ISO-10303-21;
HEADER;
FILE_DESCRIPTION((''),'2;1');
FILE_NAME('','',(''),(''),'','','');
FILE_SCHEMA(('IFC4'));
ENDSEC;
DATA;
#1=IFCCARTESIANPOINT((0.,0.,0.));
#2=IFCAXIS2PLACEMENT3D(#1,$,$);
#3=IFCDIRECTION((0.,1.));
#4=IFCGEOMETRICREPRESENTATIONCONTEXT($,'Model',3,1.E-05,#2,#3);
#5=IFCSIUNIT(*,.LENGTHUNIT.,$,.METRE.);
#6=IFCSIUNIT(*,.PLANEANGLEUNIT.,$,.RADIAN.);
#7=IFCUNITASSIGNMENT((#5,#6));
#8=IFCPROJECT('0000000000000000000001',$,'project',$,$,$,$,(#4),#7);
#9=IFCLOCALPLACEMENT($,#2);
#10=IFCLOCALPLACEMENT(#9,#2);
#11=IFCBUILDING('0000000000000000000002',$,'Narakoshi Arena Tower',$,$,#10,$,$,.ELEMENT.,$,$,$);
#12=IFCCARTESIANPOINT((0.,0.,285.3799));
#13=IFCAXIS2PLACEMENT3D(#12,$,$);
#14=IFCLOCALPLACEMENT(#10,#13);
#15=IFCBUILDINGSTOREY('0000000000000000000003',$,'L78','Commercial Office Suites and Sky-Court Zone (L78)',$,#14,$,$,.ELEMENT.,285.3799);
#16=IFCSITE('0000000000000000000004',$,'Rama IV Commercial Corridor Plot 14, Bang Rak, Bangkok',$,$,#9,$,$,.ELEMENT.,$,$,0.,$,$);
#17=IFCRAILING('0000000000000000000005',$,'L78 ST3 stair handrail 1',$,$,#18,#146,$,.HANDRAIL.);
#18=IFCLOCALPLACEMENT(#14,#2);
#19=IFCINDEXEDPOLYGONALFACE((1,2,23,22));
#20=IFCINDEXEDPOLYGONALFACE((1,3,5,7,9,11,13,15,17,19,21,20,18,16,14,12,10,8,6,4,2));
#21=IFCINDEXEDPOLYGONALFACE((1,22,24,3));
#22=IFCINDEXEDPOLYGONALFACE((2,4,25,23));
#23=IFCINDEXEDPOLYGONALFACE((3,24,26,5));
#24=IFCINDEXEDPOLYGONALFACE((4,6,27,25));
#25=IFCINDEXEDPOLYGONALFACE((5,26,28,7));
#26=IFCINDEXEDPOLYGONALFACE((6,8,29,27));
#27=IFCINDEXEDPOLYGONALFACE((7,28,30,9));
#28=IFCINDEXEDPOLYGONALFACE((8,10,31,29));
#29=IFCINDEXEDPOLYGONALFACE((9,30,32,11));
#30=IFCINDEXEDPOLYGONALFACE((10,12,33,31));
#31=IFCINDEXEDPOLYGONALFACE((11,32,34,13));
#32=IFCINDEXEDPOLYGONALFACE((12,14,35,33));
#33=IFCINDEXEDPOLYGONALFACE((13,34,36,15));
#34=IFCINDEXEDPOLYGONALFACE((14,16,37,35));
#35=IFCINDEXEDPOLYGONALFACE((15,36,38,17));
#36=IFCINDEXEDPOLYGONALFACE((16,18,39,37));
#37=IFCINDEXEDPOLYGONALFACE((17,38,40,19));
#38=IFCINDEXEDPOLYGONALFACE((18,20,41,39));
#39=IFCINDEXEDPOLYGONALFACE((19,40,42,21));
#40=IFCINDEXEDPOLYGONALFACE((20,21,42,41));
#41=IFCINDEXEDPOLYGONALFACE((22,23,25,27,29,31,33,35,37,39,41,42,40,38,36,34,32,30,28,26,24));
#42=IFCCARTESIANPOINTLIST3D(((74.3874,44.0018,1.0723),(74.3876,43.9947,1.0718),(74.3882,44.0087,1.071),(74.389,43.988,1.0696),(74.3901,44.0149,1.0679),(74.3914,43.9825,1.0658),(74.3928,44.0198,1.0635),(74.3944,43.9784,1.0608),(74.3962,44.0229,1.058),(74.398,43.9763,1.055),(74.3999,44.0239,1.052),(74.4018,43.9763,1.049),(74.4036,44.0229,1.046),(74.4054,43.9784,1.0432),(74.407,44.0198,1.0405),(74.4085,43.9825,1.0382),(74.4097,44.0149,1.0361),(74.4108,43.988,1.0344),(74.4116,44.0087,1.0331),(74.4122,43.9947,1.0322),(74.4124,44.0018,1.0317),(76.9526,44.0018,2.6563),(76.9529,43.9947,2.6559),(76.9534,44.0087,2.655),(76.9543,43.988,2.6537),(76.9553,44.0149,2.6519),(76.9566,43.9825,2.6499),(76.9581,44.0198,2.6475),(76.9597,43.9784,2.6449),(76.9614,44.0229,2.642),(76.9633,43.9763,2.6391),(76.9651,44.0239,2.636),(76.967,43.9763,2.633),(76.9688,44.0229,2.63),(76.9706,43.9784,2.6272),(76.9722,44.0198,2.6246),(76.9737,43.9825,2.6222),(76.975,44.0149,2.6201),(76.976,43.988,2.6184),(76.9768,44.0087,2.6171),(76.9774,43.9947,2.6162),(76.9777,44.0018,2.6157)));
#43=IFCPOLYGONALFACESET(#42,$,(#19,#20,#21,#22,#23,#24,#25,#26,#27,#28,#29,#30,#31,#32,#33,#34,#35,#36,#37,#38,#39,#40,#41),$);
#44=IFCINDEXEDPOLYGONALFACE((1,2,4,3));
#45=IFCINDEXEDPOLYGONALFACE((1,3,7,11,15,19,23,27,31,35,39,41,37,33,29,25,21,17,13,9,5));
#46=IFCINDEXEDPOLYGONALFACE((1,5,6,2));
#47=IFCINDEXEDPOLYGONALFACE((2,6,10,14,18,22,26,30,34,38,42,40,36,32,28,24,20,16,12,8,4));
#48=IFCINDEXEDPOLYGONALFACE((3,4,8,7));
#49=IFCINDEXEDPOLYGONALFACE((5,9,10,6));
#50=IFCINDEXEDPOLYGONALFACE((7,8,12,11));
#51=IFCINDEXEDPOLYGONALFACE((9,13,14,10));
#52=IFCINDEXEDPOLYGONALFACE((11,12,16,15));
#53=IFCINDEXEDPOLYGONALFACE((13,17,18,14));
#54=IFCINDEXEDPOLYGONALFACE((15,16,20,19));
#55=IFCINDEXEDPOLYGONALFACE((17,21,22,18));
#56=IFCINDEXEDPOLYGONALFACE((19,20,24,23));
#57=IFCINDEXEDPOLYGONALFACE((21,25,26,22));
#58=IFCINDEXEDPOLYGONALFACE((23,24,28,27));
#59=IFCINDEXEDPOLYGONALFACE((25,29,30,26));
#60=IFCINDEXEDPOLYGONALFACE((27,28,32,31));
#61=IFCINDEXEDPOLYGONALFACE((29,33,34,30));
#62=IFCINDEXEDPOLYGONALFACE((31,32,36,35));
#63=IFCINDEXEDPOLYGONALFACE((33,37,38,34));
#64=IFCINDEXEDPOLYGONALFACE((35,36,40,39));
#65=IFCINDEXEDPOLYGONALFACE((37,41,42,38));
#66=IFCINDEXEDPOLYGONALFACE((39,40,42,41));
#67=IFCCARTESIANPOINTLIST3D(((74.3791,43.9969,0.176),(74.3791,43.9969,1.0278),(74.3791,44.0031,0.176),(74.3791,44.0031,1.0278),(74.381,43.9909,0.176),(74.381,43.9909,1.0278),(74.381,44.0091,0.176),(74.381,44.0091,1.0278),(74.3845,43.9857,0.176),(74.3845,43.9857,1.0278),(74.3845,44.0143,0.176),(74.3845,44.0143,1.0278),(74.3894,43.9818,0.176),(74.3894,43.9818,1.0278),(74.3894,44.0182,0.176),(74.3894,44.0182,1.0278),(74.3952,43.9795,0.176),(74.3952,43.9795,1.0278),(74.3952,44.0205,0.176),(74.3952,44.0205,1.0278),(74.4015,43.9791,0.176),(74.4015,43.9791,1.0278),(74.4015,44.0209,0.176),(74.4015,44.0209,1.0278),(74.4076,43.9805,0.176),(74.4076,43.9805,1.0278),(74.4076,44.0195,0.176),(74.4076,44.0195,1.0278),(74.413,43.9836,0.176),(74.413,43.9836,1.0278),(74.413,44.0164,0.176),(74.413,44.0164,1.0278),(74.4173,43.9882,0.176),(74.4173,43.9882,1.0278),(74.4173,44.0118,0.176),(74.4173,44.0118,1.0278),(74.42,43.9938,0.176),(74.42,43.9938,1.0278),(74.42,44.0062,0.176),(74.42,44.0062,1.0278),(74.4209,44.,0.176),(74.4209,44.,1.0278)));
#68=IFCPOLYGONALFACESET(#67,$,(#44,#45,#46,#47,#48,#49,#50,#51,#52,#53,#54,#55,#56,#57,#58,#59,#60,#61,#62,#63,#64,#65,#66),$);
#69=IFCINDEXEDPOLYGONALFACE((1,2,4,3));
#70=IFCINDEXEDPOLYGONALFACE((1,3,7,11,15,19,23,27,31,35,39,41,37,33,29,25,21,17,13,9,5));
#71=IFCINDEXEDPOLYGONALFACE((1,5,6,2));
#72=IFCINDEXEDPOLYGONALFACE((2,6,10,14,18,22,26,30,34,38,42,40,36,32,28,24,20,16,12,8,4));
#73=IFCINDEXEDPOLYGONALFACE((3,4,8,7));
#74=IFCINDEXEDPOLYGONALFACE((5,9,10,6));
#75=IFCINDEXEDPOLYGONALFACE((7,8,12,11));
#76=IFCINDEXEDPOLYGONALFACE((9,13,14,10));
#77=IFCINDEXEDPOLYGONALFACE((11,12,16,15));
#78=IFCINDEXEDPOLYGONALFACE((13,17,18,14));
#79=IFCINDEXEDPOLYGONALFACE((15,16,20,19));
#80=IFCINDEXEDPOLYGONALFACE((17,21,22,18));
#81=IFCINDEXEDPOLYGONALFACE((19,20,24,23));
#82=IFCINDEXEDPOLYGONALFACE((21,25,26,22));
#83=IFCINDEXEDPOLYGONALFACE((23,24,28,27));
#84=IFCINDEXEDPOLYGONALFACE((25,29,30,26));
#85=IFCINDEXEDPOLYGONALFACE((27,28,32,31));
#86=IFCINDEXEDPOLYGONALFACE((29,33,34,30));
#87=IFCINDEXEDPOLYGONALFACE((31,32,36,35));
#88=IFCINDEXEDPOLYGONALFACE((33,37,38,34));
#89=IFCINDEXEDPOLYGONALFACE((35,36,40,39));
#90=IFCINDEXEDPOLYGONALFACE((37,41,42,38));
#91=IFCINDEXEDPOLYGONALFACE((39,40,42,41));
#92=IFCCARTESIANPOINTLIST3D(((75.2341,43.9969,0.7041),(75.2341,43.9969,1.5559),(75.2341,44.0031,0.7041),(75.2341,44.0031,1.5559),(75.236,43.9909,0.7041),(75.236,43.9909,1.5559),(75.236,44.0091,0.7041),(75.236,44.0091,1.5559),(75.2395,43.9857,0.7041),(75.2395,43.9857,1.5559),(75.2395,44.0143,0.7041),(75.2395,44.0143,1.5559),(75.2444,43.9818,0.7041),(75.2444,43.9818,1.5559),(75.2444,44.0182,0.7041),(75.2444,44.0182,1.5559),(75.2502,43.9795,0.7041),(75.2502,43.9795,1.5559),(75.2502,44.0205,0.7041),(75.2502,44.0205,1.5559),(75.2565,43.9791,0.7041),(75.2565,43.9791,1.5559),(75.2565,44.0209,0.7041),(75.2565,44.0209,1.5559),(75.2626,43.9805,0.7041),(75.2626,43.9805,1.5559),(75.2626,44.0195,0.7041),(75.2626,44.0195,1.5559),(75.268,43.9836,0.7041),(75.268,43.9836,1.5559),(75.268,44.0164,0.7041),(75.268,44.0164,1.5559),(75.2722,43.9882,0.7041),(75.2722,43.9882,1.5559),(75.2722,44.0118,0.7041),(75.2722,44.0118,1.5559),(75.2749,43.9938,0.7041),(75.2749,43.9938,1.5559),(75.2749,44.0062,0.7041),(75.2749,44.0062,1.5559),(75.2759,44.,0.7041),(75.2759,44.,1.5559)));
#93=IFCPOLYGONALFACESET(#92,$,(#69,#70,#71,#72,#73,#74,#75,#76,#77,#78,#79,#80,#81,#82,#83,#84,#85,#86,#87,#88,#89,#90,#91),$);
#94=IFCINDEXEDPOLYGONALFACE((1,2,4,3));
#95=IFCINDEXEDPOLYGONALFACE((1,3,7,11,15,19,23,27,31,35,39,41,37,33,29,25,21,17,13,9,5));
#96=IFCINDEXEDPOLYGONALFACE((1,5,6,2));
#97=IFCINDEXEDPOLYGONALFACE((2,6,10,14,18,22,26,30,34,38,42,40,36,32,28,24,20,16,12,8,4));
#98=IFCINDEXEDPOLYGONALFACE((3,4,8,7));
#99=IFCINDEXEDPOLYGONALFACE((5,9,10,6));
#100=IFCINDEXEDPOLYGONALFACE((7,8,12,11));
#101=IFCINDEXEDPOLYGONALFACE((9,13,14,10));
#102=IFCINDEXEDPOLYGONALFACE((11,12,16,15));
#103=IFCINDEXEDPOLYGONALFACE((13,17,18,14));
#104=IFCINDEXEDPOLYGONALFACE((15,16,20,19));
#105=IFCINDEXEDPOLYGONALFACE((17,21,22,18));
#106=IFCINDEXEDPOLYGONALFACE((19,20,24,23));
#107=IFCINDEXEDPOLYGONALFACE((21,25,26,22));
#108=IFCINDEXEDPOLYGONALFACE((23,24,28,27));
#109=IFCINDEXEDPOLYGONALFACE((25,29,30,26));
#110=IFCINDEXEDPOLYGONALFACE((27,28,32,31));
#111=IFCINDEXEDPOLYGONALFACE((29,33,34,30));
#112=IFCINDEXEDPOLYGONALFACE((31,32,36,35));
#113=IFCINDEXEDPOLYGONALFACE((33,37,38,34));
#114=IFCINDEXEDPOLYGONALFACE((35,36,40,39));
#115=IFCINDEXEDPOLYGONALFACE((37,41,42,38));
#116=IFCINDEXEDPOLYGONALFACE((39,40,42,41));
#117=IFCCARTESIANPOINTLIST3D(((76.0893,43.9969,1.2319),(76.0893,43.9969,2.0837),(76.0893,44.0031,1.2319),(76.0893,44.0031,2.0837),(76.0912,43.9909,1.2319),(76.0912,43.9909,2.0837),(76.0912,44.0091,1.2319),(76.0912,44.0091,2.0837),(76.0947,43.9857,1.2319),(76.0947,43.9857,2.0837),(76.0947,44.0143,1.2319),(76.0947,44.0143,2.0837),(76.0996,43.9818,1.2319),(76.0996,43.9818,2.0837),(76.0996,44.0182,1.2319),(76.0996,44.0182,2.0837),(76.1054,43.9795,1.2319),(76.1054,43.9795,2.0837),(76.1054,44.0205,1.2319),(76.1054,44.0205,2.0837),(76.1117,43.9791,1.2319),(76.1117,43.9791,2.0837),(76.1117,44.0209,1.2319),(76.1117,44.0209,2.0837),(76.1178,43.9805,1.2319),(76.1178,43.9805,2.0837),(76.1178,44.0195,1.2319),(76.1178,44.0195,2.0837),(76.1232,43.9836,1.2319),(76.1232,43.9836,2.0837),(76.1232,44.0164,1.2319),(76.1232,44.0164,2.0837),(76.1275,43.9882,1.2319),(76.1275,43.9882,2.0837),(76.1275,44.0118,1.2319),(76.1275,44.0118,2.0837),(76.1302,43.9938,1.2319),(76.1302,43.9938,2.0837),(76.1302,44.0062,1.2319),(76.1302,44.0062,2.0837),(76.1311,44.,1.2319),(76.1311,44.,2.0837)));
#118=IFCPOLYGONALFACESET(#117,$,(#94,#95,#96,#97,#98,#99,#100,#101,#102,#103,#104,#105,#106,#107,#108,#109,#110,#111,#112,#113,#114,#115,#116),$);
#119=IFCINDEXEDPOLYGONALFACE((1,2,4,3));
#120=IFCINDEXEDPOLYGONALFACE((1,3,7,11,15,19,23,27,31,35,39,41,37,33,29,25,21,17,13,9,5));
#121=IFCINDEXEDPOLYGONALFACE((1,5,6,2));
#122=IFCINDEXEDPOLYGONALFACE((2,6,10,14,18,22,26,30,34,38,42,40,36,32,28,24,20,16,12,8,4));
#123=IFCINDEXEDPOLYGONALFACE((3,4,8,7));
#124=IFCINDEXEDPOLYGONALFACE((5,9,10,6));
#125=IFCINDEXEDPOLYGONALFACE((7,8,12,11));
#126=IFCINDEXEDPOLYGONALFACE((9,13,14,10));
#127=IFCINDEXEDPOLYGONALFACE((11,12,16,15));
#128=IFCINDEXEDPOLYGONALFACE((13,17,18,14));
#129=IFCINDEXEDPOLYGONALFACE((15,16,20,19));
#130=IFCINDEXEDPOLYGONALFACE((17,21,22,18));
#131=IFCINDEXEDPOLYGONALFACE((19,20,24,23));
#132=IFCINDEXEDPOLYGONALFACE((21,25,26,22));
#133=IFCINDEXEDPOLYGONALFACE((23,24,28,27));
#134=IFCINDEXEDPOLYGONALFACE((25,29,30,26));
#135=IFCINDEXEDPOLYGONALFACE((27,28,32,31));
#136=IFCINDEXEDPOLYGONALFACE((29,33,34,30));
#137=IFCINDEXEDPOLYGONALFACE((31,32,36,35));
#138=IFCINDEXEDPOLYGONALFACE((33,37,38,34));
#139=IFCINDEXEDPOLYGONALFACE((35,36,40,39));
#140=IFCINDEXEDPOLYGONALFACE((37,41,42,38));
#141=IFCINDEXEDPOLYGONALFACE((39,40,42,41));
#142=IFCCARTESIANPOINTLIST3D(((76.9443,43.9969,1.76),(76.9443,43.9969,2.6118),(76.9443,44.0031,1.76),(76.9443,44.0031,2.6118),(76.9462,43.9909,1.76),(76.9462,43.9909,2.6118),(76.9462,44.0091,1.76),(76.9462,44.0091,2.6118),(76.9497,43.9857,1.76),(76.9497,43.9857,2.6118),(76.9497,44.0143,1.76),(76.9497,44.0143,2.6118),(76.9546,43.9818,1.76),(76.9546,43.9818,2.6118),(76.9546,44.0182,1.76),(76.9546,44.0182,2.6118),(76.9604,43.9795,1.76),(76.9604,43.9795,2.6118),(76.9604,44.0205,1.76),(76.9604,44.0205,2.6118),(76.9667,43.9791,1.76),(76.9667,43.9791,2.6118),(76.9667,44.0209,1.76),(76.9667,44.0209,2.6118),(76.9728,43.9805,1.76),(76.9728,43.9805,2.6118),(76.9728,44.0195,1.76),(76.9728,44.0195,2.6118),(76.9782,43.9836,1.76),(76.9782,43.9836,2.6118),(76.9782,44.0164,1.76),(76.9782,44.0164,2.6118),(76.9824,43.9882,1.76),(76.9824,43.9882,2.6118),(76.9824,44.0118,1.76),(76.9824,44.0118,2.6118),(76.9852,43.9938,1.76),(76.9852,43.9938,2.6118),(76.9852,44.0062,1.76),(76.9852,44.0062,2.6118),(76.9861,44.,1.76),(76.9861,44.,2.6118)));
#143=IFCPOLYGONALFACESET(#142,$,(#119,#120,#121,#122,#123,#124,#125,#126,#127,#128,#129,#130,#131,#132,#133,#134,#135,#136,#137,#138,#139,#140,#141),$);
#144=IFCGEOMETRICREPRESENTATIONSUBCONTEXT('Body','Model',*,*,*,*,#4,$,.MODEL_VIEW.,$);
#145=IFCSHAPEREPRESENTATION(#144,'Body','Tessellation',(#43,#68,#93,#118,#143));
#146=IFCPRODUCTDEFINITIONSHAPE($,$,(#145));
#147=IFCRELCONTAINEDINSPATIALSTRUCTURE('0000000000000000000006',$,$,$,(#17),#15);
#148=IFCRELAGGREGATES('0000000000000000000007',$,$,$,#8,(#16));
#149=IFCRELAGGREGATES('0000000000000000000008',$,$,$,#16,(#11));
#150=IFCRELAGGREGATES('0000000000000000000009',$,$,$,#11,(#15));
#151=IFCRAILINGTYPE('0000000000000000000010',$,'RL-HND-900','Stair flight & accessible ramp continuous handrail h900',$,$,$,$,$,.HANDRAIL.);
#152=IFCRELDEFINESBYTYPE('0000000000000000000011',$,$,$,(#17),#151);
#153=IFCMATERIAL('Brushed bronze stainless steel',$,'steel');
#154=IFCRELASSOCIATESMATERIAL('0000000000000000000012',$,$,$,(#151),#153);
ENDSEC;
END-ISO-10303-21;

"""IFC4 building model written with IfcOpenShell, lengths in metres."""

from ifc_helpers import new_model, si_unit, direction, frame, origin, origin_2d, place, context, subcontext, project, spatial, circle, extrude, material, type_object, element, save


model = new_model("IFC4")

# Units and contexts
model_context = context("Model", 3, precision=1e-05, world=origin(), true_north=direction((0.0, 1.0)))
body_context = subcontext(model_context, "Body", "Model", "MODEL_VIEW")
ifc_project = project(units=[si_unit("LENGTHUNIT", "METRE"), si_unit("PLANEANGLEUNIT", "RADIAN")], contexts=[model_context])

# Site, building, storey
site_placement = place(None, origin())
site = spatial("IfcSite", under=ifc_project, at=site_placement, Name="Rama IV Commercial Corridor Plot 14, Bang Rak, Bangkok", CompositionType="ELEMENT", RefElevation=0.0)
building_placement = place(site_placement, origin())
building = spatial("IfcBuilding", under=site, at=building_placement, Name="Narakoshi Arena Tower", CompositionType="ELEMENT")
storey_placement = place(building_placement, frame((0.0, 0.0, 285.3799)))
storey = spatial("IfcBuildingStorey", under=building, at=storey_placement, Name="L78", Description="Commercial Office Suites and Sky-Court Zone (L78)", CompositionType="ELEMENT", Elevation=285.3799)

# Railing
ifc_material_1 = material(Name="Brushed bronze stainless steel", Category="steel")
railing_type_1 = type_object("IfcRailingType", Name="RL-HND-900", Description="Stair flight & accessible ramp continuous handrail h900", PredefinedType="HANDRAIL", material=ifc_material_1)
railing_1_placement = place(storey_placement, frame((74.3999, 44.0, 0.176)))
element("IfcRailing", 1, at=railing_1_placement, inside=storey, type_object=railing_type_1, Name="L78 ST3 stair handrail 1", PredefinedType="HANDRAIL", context=body_context, shape_type="SweptSolid", body=[
    extrude(circle(Radius=0.0239, at=origin_2d()), frame((0.0, 0.0, 0.876), z_axis=(0.850857, 0.0, 0.525398), x_axis=(0.0, 1.0, 0.0)), (0.0, 0.0, 1.0), 3.0149),
    extrude(circle(Radius=0.021, at=origin_2d()), origin(), (0.0, 0.0, 1.0), 0.8518),
    extrude(circle(Radius=0.021, at=origin_2d()), frame((0.855, 0.0, 0.5281)), (0.0, 0.0, 1.0), 0.8518),
    extrude(circle(Radius=0.021, at=origin_2d()), frame((1.7102, 0.0, 1.0559)), (0.0, 0.0, 1.0), 0.8518),
    extrude(circle(Radius=0.021, at=origin_2d()), frame((2.5652, 0.0, 1.584)), (0.0, 0.0, 1.0), 0.8518),
])

save(model, "model.ifc")
